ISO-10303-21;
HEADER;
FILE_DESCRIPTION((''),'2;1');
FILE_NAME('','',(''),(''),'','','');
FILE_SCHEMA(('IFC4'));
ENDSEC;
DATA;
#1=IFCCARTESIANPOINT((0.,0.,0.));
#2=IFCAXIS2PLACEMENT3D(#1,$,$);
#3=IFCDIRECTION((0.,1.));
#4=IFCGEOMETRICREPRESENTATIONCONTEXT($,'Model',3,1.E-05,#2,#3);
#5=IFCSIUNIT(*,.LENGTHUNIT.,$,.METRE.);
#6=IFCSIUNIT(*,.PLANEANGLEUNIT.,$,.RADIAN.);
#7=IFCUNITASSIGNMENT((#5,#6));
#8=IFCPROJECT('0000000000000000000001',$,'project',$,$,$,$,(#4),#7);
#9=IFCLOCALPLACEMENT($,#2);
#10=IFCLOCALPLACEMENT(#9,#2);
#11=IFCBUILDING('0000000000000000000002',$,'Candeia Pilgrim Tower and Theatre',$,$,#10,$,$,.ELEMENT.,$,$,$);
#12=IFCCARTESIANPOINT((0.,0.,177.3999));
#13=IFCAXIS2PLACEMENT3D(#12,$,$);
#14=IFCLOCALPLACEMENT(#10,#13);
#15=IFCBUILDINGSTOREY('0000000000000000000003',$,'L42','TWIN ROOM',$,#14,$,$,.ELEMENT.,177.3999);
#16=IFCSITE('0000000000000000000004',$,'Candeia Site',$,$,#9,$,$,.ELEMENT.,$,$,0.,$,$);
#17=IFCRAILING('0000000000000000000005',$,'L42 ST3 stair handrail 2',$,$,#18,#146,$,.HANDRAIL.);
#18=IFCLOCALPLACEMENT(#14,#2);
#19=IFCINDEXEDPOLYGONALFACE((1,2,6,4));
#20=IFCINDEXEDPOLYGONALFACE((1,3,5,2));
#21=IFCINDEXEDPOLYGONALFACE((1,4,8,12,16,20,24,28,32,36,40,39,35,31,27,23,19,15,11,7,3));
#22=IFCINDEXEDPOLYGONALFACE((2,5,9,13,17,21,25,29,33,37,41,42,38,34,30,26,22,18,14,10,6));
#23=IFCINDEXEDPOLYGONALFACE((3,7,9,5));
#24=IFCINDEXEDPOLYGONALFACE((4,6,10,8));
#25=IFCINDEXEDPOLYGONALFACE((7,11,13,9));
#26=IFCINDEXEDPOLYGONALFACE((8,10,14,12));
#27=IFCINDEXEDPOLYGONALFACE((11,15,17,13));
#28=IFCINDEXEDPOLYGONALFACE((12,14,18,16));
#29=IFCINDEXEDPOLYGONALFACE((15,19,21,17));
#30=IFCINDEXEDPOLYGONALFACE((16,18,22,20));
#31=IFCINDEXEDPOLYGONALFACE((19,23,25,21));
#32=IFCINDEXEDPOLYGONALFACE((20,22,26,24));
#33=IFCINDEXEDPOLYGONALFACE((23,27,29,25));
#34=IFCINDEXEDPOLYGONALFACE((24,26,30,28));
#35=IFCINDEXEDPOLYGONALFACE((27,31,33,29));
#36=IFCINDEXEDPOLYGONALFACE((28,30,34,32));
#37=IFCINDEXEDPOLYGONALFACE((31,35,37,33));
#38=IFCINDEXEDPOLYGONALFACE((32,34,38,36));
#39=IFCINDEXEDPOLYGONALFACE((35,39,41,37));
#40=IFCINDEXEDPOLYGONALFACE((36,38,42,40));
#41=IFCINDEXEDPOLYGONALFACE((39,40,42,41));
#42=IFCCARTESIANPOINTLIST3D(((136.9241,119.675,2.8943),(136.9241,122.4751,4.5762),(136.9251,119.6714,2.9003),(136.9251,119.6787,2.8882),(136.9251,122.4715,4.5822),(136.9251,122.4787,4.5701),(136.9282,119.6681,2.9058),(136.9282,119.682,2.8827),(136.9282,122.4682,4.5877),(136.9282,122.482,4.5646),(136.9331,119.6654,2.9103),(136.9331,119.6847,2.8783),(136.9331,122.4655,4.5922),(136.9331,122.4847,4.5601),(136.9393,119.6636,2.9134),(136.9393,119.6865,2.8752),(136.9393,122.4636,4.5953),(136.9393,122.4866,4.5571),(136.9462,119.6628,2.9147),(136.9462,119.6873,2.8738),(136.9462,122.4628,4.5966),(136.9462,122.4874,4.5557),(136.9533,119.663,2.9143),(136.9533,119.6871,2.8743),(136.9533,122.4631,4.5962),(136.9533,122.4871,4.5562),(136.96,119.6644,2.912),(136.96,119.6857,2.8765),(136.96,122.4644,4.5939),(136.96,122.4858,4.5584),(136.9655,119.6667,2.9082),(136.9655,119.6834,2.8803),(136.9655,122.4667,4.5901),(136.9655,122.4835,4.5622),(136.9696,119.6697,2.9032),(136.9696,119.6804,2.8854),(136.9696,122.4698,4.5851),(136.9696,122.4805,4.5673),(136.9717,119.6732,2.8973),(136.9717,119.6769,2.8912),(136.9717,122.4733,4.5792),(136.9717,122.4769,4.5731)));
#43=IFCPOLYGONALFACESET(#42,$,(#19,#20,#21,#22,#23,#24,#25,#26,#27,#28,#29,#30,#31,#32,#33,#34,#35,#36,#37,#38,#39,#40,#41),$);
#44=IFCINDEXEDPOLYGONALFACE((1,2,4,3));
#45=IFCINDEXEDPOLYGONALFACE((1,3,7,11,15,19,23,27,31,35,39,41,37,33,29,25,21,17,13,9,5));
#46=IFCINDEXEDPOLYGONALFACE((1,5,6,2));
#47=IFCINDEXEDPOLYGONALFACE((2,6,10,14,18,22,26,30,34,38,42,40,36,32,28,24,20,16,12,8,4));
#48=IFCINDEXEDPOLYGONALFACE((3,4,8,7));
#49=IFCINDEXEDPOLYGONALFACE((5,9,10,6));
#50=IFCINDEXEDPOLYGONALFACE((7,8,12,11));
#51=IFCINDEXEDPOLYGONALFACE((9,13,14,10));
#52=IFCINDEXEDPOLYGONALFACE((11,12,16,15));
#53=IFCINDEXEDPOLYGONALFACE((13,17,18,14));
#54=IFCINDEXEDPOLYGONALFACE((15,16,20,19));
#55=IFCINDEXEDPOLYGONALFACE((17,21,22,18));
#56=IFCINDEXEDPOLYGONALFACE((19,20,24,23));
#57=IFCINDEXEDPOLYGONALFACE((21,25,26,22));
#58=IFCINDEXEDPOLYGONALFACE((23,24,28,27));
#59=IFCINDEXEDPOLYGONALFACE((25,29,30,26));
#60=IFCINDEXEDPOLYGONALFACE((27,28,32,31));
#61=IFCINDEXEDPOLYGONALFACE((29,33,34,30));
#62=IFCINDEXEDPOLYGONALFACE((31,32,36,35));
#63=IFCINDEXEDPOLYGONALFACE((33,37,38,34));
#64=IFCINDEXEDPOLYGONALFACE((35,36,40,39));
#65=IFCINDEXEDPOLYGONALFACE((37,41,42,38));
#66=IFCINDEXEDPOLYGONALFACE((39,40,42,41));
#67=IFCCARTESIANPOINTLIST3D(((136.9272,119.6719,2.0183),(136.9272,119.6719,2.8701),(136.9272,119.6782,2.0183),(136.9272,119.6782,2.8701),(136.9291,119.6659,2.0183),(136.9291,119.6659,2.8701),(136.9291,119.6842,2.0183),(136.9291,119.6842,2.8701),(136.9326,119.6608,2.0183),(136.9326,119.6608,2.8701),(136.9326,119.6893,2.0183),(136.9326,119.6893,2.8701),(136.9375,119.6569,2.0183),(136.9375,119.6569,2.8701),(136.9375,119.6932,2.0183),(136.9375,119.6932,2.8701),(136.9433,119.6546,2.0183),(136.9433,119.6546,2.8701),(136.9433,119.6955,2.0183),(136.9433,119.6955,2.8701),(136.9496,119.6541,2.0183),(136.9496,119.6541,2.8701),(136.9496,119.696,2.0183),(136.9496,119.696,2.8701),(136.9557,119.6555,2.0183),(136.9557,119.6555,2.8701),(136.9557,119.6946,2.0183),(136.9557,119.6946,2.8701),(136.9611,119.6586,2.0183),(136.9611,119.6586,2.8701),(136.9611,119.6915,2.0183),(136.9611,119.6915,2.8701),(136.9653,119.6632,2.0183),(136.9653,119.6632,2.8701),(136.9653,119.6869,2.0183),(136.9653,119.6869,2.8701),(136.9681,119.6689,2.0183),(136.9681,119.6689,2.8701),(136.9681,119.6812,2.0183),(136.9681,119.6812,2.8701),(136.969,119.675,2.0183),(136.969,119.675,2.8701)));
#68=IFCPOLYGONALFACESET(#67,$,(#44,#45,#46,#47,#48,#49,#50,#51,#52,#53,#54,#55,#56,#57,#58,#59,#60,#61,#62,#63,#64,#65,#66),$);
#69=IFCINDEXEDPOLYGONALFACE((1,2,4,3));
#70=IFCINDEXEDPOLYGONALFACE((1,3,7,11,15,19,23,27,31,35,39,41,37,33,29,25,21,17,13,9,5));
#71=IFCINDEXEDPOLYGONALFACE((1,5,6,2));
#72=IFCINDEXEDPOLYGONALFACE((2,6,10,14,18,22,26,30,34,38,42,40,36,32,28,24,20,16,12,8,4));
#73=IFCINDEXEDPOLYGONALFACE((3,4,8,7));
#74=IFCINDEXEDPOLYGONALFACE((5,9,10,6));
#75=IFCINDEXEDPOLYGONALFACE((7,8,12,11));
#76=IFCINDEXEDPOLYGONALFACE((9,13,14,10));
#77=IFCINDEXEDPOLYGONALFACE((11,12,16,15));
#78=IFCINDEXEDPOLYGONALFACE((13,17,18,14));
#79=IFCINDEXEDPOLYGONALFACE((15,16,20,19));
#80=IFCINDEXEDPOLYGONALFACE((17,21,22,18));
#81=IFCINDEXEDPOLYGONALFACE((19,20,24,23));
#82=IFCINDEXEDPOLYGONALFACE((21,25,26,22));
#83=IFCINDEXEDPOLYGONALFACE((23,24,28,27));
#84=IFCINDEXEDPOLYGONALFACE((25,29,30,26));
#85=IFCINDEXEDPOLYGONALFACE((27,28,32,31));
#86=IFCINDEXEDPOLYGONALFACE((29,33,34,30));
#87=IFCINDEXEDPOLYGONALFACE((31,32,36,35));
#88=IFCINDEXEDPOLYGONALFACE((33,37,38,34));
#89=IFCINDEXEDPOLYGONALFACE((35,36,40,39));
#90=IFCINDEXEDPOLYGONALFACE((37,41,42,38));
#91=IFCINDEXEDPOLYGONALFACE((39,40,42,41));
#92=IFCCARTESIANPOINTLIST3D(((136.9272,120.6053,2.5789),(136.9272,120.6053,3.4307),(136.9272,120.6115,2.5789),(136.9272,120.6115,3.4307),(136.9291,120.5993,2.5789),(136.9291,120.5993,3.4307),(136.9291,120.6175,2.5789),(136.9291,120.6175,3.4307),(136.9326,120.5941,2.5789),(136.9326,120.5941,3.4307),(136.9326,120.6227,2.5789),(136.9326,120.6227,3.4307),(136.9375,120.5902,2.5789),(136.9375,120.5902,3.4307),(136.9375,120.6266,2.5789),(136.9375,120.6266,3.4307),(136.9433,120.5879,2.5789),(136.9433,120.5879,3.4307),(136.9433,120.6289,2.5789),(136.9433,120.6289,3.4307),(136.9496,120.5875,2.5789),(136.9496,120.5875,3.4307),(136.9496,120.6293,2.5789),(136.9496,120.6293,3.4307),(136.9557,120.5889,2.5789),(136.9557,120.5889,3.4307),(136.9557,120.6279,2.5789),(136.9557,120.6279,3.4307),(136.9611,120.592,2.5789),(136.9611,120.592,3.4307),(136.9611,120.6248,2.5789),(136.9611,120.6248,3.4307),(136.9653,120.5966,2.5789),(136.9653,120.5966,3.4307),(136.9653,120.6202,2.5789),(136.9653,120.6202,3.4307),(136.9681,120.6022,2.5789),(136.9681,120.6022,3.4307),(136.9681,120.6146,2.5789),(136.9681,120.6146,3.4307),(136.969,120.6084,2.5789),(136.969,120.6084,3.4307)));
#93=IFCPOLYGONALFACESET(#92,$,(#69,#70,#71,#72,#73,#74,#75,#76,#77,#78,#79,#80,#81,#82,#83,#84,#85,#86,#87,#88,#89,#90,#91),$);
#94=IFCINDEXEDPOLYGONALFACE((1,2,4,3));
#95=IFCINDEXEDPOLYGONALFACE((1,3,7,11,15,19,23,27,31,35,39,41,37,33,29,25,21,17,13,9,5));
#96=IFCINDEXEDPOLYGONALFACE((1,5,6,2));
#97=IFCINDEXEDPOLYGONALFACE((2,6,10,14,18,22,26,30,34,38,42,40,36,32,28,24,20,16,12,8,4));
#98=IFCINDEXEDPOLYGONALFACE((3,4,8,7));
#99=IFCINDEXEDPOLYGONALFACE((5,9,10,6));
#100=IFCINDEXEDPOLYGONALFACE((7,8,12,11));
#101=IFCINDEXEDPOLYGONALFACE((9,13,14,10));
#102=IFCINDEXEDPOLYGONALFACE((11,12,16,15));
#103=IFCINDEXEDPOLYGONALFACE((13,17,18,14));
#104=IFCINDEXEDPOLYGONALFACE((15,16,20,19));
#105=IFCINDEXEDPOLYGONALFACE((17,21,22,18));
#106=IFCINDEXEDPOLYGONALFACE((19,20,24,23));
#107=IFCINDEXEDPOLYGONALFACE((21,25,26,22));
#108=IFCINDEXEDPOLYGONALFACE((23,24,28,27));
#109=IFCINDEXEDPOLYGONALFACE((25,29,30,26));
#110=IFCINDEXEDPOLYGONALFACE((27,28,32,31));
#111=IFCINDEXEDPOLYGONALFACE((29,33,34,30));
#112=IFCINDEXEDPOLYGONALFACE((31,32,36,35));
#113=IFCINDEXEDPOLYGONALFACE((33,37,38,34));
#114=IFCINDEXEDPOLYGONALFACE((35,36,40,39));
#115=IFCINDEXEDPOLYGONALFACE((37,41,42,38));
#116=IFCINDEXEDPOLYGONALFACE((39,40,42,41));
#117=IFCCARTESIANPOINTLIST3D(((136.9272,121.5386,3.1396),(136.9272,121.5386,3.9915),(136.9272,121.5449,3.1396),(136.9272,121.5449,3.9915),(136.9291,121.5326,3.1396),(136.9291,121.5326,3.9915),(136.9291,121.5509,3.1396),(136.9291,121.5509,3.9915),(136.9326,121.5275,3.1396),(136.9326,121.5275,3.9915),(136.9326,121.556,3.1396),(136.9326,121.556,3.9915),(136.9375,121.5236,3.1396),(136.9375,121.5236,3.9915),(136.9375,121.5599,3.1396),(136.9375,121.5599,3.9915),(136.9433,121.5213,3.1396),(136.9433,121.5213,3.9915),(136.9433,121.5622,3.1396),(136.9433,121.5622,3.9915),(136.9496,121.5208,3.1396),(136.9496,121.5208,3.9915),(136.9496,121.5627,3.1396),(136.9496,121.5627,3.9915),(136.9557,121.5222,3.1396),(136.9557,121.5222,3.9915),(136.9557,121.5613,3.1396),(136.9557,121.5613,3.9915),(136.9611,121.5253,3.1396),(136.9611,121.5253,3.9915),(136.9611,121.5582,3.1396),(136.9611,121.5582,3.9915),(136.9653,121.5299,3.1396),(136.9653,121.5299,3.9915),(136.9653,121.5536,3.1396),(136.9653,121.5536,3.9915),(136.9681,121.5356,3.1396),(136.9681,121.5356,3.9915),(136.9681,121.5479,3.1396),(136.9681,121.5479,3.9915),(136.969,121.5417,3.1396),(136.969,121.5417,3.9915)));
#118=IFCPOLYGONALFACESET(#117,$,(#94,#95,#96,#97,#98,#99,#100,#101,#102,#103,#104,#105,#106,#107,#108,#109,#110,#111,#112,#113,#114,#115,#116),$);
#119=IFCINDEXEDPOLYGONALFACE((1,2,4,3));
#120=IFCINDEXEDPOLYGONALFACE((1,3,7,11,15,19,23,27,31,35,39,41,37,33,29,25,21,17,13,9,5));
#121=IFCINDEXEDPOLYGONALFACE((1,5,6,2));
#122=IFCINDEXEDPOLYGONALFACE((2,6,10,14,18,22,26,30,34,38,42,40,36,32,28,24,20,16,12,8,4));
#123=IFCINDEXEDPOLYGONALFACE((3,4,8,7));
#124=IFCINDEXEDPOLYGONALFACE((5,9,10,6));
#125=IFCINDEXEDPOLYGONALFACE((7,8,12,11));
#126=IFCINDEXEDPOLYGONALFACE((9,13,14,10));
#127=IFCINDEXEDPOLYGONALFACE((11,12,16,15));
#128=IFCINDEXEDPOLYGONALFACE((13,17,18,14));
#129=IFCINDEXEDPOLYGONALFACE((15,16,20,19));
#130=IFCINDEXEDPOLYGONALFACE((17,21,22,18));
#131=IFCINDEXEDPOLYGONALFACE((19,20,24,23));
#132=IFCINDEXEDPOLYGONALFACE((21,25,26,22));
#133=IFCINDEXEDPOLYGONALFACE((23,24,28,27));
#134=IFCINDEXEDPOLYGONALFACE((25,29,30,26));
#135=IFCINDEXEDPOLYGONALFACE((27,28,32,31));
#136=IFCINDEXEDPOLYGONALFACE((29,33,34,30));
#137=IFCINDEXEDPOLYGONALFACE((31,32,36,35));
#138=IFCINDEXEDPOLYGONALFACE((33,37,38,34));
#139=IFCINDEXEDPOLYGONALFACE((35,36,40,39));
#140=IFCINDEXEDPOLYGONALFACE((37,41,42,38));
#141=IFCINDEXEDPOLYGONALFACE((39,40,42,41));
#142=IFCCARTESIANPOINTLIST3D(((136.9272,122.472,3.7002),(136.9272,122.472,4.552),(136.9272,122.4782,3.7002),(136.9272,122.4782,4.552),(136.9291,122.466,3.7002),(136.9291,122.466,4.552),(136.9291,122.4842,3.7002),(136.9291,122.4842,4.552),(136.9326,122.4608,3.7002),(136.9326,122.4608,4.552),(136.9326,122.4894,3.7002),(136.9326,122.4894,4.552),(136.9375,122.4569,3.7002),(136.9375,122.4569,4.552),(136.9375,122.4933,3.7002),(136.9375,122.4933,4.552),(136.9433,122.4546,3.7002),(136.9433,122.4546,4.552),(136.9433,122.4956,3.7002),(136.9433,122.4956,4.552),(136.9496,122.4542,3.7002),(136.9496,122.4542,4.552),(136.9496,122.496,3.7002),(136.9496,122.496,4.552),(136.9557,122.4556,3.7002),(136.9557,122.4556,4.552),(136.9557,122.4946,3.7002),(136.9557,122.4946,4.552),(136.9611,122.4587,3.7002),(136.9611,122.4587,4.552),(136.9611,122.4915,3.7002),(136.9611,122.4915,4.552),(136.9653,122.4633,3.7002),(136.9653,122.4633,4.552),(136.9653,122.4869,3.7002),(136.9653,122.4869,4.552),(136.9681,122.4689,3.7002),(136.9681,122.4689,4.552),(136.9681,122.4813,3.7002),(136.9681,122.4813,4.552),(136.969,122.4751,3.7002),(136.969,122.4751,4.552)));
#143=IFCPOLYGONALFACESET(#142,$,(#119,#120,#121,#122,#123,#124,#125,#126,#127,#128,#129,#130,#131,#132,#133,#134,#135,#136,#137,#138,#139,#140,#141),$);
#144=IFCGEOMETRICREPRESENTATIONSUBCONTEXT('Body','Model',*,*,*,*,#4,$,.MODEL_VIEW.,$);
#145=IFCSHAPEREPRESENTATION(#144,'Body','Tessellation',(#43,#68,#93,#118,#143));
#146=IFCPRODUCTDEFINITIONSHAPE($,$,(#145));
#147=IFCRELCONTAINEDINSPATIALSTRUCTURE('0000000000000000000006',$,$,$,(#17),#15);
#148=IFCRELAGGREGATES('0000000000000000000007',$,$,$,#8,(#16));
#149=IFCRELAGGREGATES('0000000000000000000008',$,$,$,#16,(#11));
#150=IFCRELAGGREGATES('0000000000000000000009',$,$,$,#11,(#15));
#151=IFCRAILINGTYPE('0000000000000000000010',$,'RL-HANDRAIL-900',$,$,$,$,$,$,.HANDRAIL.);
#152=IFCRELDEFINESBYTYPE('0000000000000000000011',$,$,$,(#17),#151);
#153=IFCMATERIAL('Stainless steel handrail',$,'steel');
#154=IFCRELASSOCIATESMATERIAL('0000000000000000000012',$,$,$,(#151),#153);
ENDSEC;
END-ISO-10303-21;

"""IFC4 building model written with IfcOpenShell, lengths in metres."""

from ifc_helpers import new_model, si_unit, direction, frame, origin, origin_2d, place, context, subcontext, project, spatial, circle, extrude, material, type_object, element, save


model = new_model("IFC4")

# Units and contexts
model_context = context("Model", 3, precision=1e-05, world=origin(), true_north=direction((0.0, 1.0)))
body_context = subcontext(model_context, "Body", "Model", "MODEL_VIEW")
ifc_project = project(units=[si_unit("LENGTHUNIT", "METRE"), si_unit("PLANEANGLEUNIT", "RADIAN")], contexts=[model_context])

# Site, building, storey
site_placement = place(None, origin())
site = spatial("IfcSite", under=ifc_project, at=site_placement, Name="Candeia Site", CompositionType="ELEMENT", RefElevation=0.0)
building_placement = place(site_placement, origin())
building = spatial("IfcBuilding", under=site, at=building_placement, Name="Candeia Pilgrim Tower and Theatre", CompositionType="ELEMENT")
storey_placement = place(building_placement, frame((0.0, 0.0, 177.3999)))
storey = spatial("IfcBuildingStorey", under=building, at=storey_placement, Name="L42", Description="TWIN ROOM", CompositionType="ELEMENT", Elevation=177.3999)

# Railing
ifc_material_1 = material(Name="Stainless steel handrail", Category="steel")
railing_type_1 = type_object("IfcRailingType", Name="RL-HANDRAIL-900", PredefinedType="HANDRAIL", material=ifc_material_1)
railing_1_placement = place(storey_placement, frame((136.948, 119.675, 2.0183)))
element("IfcRailing", 1, at=railing_1_placement, inside=storey, type_object=railing_type_1, Name="L42 ST3 stair handrail 2", PredefinedType="HANDRAIL", context=body_context, shape_type="SweptSolid", body=[
    extrude(circle(Radius=0.0239, at=origin_2d()), frame((0.0, 0.0, 0.876), z_axis=(0.0, 0.857242, 0.514913), x_axis=(-1.0, 0.0, 0.0)), (0.0, 0.0, 1.0), 3.2664),
    extrude(circle(Radius=0.021, at=origin_2d()), origin(), (0.0, 0.0, 1.0), 0.8518),
    extrude(circle(Radius=0.021, at=origin_2d()), frame((0.0, 0.9333, 0.5605)), (0.0, 0.0, 1.0), 0.8518),
    extrude(circle(Radius=0.021, at=origin_2d()), frame((0.0, 1.8667, 1.1213)), (0.0, 0.0, 1.0), 0.8518),
    extrude(circle(Radius=0.021, at=origin_2d()), frame((0.0, 2.8, 1.6819)), (0.0, 0.0, 1.0), 0.8518),
])

save(model, "model.ifc")
